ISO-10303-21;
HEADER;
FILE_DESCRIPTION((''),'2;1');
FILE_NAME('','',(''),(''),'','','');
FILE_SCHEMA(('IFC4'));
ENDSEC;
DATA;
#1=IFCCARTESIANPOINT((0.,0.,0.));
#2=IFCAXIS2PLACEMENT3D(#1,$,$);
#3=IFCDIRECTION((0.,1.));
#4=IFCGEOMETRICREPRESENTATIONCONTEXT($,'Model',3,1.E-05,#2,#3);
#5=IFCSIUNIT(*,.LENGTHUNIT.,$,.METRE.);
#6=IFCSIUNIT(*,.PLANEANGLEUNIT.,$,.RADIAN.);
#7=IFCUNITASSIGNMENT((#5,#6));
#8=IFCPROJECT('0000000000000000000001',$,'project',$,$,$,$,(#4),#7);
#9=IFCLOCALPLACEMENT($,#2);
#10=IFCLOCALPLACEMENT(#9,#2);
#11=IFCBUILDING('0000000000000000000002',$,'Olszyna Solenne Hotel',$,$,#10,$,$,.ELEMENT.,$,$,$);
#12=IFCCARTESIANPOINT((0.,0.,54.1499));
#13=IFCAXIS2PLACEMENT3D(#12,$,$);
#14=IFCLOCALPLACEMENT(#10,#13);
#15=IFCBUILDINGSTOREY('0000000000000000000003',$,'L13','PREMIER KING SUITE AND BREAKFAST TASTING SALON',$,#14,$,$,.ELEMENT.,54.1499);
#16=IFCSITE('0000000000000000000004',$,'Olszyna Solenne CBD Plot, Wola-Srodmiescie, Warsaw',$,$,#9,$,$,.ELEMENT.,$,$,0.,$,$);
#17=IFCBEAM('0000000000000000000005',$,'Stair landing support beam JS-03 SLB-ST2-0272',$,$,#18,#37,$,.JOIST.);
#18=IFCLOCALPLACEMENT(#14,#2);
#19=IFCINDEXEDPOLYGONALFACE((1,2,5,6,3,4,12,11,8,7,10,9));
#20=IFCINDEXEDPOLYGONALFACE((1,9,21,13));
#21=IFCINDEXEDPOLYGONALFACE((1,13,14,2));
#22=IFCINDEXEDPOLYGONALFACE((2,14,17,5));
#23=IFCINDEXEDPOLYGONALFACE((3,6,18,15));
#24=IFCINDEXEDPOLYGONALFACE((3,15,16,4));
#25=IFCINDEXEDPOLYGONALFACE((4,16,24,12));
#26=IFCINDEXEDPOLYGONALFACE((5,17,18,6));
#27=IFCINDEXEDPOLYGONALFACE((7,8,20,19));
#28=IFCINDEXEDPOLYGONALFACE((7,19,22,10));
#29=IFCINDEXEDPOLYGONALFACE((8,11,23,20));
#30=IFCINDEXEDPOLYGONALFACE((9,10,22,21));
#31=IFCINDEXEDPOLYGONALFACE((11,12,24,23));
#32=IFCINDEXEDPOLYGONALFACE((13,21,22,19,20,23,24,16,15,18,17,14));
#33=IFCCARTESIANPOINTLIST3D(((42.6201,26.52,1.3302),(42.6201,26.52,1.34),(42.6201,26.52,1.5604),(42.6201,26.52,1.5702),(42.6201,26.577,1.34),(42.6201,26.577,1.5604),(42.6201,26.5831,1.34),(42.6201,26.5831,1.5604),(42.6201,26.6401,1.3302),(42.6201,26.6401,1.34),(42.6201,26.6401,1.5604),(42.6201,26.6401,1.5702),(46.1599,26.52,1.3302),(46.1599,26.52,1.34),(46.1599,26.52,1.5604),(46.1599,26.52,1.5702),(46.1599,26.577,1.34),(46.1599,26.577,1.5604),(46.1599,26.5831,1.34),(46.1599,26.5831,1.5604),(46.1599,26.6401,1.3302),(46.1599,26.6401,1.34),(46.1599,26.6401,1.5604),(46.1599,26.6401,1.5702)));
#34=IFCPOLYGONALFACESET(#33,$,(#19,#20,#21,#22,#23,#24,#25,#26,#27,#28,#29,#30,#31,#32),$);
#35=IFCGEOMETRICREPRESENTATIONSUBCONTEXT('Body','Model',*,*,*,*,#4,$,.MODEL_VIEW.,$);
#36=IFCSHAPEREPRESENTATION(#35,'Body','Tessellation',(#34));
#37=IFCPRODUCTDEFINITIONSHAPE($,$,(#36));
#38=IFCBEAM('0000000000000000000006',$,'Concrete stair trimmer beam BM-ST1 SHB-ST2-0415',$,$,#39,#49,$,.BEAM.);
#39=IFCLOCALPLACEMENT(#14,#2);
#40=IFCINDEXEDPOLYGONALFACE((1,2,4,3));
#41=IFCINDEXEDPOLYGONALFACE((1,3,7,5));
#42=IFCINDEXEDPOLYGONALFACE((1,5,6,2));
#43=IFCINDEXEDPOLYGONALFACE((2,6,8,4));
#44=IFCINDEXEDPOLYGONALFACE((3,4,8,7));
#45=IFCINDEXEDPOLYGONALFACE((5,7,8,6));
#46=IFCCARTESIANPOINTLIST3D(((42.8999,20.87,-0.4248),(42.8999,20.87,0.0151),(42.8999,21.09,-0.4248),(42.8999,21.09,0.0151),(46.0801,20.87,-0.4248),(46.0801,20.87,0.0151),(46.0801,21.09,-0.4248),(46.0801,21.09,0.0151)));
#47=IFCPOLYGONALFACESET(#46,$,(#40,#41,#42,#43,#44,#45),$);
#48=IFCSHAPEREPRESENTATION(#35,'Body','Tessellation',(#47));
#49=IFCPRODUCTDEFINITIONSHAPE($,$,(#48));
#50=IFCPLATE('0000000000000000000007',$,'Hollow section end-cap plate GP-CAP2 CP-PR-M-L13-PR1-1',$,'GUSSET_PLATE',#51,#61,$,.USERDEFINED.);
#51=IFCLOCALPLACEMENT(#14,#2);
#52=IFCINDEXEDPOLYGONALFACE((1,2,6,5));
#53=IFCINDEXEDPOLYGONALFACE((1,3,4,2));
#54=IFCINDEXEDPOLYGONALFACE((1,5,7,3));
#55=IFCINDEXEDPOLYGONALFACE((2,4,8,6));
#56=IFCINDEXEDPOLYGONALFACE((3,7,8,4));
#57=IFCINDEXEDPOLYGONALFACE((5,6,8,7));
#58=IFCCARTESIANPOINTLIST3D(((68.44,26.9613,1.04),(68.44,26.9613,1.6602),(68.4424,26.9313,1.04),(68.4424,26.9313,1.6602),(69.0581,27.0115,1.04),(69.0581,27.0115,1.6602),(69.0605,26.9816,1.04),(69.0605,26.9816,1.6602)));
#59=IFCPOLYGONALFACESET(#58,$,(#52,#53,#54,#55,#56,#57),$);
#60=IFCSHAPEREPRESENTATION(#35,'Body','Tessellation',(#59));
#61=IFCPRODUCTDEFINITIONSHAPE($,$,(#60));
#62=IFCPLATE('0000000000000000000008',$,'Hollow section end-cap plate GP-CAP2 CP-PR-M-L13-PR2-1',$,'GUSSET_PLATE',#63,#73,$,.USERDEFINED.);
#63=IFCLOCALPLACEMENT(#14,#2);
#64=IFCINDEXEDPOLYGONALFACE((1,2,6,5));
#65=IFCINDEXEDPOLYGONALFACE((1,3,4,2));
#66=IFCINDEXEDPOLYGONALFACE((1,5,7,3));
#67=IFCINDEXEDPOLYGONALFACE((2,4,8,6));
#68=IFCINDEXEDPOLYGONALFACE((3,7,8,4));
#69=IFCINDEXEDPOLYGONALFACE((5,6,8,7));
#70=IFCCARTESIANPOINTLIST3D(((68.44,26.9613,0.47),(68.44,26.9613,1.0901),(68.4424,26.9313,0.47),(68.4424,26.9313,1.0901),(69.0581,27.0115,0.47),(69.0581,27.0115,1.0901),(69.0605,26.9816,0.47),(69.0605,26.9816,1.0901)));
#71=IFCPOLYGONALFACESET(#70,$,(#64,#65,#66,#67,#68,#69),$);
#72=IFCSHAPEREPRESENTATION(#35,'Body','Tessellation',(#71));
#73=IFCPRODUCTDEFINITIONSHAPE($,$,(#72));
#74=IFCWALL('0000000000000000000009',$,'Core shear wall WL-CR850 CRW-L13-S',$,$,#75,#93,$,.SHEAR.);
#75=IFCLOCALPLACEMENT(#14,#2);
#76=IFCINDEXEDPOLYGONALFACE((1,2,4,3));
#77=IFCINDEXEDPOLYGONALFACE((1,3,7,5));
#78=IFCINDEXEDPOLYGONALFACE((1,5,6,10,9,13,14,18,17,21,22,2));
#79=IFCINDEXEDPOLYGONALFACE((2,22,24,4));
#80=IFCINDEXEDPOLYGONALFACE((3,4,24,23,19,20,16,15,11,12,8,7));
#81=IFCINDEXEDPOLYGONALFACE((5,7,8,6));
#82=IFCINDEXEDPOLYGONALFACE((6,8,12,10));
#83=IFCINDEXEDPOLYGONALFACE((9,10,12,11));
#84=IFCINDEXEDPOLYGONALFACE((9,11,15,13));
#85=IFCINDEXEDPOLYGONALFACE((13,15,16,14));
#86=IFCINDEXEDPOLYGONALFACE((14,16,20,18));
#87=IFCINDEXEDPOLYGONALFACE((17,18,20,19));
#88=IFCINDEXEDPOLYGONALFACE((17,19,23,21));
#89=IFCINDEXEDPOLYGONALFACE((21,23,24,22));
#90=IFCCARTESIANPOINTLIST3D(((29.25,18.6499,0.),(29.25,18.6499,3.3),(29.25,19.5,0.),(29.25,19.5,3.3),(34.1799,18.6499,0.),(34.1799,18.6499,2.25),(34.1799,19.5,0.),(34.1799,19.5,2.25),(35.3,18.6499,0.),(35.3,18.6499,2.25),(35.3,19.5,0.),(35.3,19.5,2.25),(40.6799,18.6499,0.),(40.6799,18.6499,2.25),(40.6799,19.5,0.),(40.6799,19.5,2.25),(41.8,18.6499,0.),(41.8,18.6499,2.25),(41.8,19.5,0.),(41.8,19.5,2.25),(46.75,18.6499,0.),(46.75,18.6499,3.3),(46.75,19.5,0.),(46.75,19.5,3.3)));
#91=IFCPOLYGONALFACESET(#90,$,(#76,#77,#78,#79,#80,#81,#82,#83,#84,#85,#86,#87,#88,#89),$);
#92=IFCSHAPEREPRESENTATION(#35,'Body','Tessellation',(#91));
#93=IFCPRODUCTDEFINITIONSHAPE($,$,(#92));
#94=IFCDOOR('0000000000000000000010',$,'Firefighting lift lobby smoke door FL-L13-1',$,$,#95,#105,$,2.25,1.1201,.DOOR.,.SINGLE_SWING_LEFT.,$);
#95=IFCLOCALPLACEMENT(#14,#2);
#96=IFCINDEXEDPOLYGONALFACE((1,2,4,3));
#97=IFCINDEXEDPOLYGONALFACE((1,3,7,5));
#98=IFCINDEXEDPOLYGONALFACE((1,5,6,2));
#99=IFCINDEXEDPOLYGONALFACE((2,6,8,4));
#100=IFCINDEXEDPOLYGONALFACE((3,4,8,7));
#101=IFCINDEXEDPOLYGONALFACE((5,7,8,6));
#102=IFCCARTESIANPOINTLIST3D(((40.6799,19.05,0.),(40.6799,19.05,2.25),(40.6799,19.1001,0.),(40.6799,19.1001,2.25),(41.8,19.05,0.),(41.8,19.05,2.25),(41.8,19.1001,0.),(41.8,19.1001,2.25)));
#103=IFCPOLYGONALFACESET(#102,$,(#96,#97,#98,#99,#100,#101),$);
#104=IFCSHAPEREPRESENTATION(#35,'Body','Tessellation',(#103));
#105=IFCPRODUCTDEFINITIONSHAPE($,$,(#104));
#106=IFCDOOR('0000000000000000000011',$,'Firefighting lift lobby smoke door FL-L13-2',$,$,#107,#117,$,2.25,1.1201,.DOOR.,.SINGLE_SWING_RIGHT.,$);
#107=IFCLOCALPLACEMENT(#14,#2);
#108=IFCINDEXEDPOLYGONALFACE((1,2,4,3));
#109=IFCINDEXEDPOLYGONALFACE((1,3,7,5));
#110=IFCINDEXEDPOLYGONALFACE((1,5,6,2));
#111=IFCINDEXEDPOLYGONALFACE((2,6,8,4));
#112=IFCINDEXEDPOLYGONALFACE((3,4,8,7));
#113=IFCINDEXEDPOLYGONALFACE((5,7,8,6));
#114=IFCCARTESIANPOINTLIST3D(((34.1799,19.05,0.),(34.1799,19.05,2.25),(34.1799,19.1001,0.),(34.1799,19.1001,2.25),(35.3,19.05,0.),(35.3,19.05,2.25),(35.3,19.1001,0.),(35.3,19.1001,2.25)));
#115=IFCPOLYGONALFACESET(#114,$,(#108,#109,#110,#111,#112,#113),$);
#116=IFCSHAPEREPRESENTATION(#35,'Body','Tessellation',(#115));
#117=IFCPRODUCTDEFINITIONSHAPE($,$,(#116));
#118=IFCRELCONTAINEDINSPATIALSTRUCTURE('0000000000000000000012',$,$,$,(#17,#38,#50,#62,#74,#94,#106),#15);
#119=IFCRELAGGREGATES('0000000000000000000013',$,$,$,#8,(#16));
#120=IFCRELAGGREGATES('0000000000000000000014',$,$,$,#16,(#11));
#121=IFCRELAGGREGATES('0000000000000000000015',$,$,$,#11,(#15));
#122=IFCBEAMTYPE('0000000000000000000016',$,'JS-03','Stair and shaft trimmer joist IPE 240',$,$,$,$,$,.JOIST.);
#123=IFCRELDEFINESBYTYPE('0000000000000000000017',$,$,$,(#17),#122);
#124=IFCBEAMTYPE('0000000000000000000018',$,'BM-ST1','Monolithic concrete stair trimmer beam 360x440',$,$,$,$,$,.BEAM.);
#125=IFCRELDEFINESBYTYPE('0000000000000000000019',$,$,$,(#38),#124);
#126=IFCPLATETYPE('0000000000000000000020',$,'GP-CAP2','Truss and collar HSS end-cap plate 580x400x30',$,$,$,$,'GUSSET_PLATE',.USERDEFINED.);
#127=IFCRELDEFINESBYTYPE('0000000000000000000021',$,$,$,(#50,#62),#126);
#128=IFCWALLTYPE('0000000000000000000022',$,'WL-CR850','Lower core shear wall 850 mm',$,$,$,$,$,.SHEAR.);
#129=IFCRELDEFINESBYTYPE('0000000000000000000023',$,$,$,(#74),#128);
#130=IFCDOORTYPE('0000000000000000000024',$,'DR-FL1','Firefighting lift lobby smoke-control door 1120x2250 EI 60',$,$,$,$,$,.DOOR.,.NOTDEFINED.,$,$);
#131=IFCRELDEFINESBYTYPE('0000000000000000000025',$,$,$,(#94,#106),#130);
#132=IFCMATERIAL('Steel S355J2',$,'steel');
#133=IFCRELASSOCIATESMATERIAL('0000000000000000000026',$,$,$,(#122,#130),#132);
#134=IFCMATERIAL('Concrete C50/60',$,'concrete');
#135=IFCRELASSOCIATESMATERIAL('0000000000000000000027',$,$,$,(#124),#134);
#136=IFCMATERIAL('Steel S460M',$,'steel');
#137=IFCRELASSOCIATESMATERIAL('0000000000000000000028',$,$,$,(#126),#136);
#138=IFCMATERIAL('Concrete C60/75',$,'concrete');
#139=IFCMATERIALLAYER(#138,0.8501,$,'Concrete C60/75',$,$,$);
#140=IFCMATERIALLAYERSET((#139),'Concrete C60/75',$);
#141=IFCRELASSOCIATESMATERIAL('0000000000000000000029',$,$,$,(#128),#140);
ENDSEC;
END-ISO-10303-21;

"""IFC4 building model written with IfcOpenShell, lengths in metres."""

from ifc_helpers import new_model, si_unit, direction, frame, frame_2d, origin, origin_2d, place, context, subcontext, project, spatial, rectangle, i_section, extrude, source, transform, mapped, material, layer, layer_set, material_profile, profile_set, type_object, type_shapes, element, fill, save


model = new_model("IFC4")

# Units and contexts
model_context = context("Model", 3, precision=1e-05, world=origin(), true_north=direction((0.0, 1.0)))
body_context = subcontext(model_context, "Body", "Model", "MODEL_VIEW")
ifc_project = project(units=[si_unit("LENGTHUNIT", "METRE"), si_unit("PLANEANGLEUNIT", "RADIAN")], contexts=[model_context])

# Site, building, storey
site_placement = place(None, origin())
site = spatial("IfcSite", under=ifc_project, at=site_placement, Name="Olszyna Solenne CBD Plot, Wola-Srodmiescie, Warsaw", CompositionType="ELEMENT", RefElevation=0.0)
building_placement = place(site_placement, origin())
building = spatial("IfcBuilding", under=site, at=building_placement, Name="Olszyna Solenne Hotel", CompositionType="ELEMENT")
storey_placement = place(building_placement, frame((0.0, 0.0, 54.1499)))
storey = spatial("IfcBuildingStorey", under=building, at=storey_placement, Name="L13", Description="PREMIER KING SUITE AND BREAKFAST TASTING SALON", CompositionType="ELEMENT", Elevation=54.1499)

# Shared definitions
ifc_material_1 = material(Name="Steel S460M", Category="steel")

# Beams
ifc_material_2 = material(Name="Steel S355J2", Category="steel")
ifc_material_profile_1 = material_profile(ifc_material_2, i_section(OverallWidth=0.1201, OverallDepth=0.24, WebThickness=0.0061, FlangeThickness=0.0098, at=origin_2d()), Name="IPE 240", Category="load-bearing")
ifc_profile_set_1 = profile_set([ifc_material_profile_1], Name="Steel S355J2")
beam_type_1 = type_object("IfcBeamType", Name="JS-03", Description="Stair and shaft trimmer joist IPE 240", PredefinedType="JOIST", material=ifc_profile_set_1)
shared_shape_1 = source(origin(), body_context, "Body", "SweptSolid", [
    extrude(i_section(OverallWidth=0.1201, OverallDepth=0.24, WebThickness=0.0061, FlangeThickness=0.0098, at=origin_2d()), origin(), (0.0, 0.0, 1.0), 3.5398),
])
for number, where, z_axis, x_axis, name in (
    (1, (46.1599, 26.5801, 1.4502), (-1.0, 0.0, 0.0), (0.0, -1.0, 0.0), "Stair landing support beam JS-03 SLB-ST2-0272"),
):
    element("IfcBeam", number, at=place(storey_placement, frame(where, z_axis=z_axis, x_axis=x_axis)), inside=storey, type_object=beam_type_1, Name=name, PredefinedType="JOIST", context=body_context, shape_type="MappedRepresentation", body=[
        mapped(shared_shape_1, transform((0.0, 0.0, 0.0), x_axis=(1.0, 0.0, 0.0), y_axis=(0.0, 1.0, 0.0), z_axis=(0.0, 0.0, 1.0), scale=1.0)),
    ])
ifc_material_3 = material(Name="Concrete C50/60", Category="concrete")
ifc_material_profile_2 = material_profile(ifc_material_3, rectangle(XDim=0.22, YDim=0.4399, at=origin_2d()), Name="RC 220x440", Category="load-bearing")
ifc_profile_set_2 = profile_set([ifc_material_profile_2], Name="Concrete C50/60")
beam_type_2 = type_object("IfcBeamType", Name="BM-ST1", Description="Monolithic concrete stair trimmer beam 360x440", PredefinedType="BEAM", material=ifc_profile_set_2)
shared_shape_2 = source(origin(), body_context, "Body", "SweptSolid", [
    extrude(rectangle(XDim=0.22, YDim=0.4399, at=origin_2d()), origin(), (0.0, 0.0, 1.0), 3.1802),
])
beam_1_placement = place(storey_placement, frame((46.0801, 20.98, -0.2048), z_axis=(-1.0, 0.0, 0.0), x_axis=(0.0, -1.0, 0.0)))
element("IfcBeam", 2, at=beam_1_placement, inside=storey, type_object=beam_type_2, Name="Concrete stair trimmer beam BM-ST1 SHB-ST2-0415", PredefinedType="BEAM", context=body_context, shape_type="MappedRepresentation", body=[
    mapped(shared_shape_2, transform((0.0, 0.0, 0.0), x_axis=(1.0, 0.0, 0.0), y_axis=(0.0, 1.0, 0.0), z_axis=(0.0, 0.0, 1.0), scale=1.0)),
])

# Plates
plate_type = type_object("IfcPlateType", Name="GP-CAP2", Description="Truss and collar HSS end-cap plate 580x400x30", ElementType="GUSSET_PLATE", PredefinedType="USERDEFINED", material=ifc_material_1)
shared_shape_3 = source(origin(), body_context, "Body", "SweptSolid", [
    extrude(rectangle(XDim=0.03, YDim=0.6201, at=origin_2d()), origin(), (0.0, 0.0, 1.0), 0.6201),
])
for number, where, z_axis, x_axis, name in (
    (3, (68.7502, 26.9714, 1.04), (0.0, 0.0, 1.0), (-0.081069, 0.996709, 0.0), "Hollow section end-cap plate GP-CAP2 CP-PR-M-L13-PR1-1"),
    (4, (68.7502, 26.9714, 0.47), (0.0, 0.0, 1.0), (-0.081069, 0.996709, 0.0), "Hollow section end-cap plate GP-CAP2 CP-PR-M-L13-PR2-1"),
):
    element("IfcPlate", number, at=place(storey_placement, frame(where, z_axis=z_axis, x_axis=x_axis)), inside=storey, type_object=plate_type, Name=name, ObjectType="GUSSET_PLATE", PredefinedType="USERDEFINED", context=body_context, shape_type="MappedRepresentation", body=[
        mapped(shared_shape_3, transform((0.0, 0.0, 0.0), x_axis=(1.0, 0.0, 0.0), y_axis=(0.0, 1.0, 0.0), z_axis=(0.0, 0.0, 1.0), scale=1.0)),
    ])

# Wall, openings, doors
ifc_material_4 = material(Name="Concrete C60/75", Category="concrete")
ifc_layer_1 = layer(ifc_material_4, 0.8501, Name="Concrete C60/75")
ifc_layer_set_1 = layer_set([ifc_layer_1], Name="Concrete C60/75")
wall_type_1 = type_object("IfcWallType", Name="WL-CR850", Description="Lower core shear wall 850 mm", PredefinedType="SHEAR", material=ifc_layer_set_1)
wall_1_placement = place(storey_placement, frame((46.75, 19.075, 0.0), z_axis=(0.0, 0.0, 1.0), x_axis=(-1.0, 0.0, 0.0)))
wall_1 = element("IfcWall", 5, at=wall_1_placement, inside=storey, type_object=wall_type_1, Name="Core shear wall WL-CR850 CRW-L13-S", PredefinedType="SHEAR", context=body_context, shape_type="SweptSolid", body=[
    extrude(rectangle(XDim=17.5, YDim=0.8501, at=frame_2d((8.75, 0.0))), origin(), (0.0, 0.0, 1.0), 3.3),
])
opening_1_placement = place(wall_1_placement, frame((4.95, 0.0, 0.0)))
opening_1 = element("IfcOpeningElement", 6, at=opening_1_placement, cuts=wall_1, PredefinedType="OPENING", context=body_context, shape_type="SweptSolid", body=[
    extrude(rectangle(XDim=1.1201, YDim=2.25, at=frame_2d((0.5601, 1.125))), frame((0.0, 0.4351, 0.0), z_axis=(0.0, -1.0, 0.0), x_axis=(1.0, 0.0, 0.0)), (0.0, 0.0, 1.0), 0.8701),
])
opening_2_placement = place(wall_1_placement, frame((11.45, 0.0, 0.0)))
opening_2 = element("IfcOpeningElement", 7, at=opening_2_placement, cuts=wall_1, PredefinedType="OPENING", context=body_context, shape_type="SweptSolid", body=[
    extrude(rectangle(XDim=1.1201, YDim=2.25, at=frame_2d((0.5601, 1.125))), frame((0.0, 0.4351, 0.0), z_axis=(0.0, -1.0, 0.0), x_axis=(1.0, 0.0, 0.0)), (0.0, 0.0, 1.0), 0.8701),
])
door_type_1 = type_object("IfcDoorType", Name="DR-FL1", Description="Firefighting lift lobby smoke-control door 1120x2250 EI 60", OperationType="NOTDEFINED", PredefinedType="DOOR", material=ifc_material_2)
shared_shape_4 = source(origin(), body_context, "Body", "SweptSolid", [
    extrude(rectangle(XDim=1.1201, YDim=2.25, at=frame_2d((0.5601, 1.125))), frame((0.0, 0.0249, 0.0), z_axis=(0.0, -1.0, 0.0), x_axis=(1.0, 0.0, 0.0)), (0.0, 0.0, 1.0), 0.05),
])
type_shapes(door_type_1, [shared_shape_4])
door_1_placement = place(opening_1_placement, origin())
door_1 = element("IfcDoor", 8, at=door_1_placement, inside=storey, type_object=door_type_1, Name="Firefighting lift lobby smoke door FL-L13-1", OperationType="SINGLE_SWING_LEFT", OverallHeight=2.25, OverallWidth=1.1201, PredefinedType="DOOR", context=body_context, shape_type="MappedRepresentation", body=[
    mapped(shared_shape_4, transform((0.0, 0.0, 0.0), x_axis=(1.0, 0.0, 0.0), y_axis=(0.0, 1.0, 0.0), z_axis=(0.0, 0.0, 1.0), scale=1.0)),
])
fill(opening_1, door_1)
door_2_placement = place(opening_2_placement, origin())
door_2 = element("IfcDoor", 9, at=door_2_placement, inside=storey, type_object=door_type_1, Name="Firefighting lift lobby smoke door FL-L13-2", OperationType="SINGLE_SWING_RIGHT", OverallHeight=2.25, OverallWidth=1.1201, PredefinedType="DOOR", context=body_context, shape_type="MappedRepresentation", body=[
    mapped(shared_shape_4, transform((0.0, 0.0, 0.0), x_axis=(1.0, 0.0, 0.0), y_axis=(0.0, 1.0, 0.0), z_axis=(0.0, 0.0, 1.0), scale=1.0)),
])
fill(opening_2, door_2)

save(model, "model.ifc")
